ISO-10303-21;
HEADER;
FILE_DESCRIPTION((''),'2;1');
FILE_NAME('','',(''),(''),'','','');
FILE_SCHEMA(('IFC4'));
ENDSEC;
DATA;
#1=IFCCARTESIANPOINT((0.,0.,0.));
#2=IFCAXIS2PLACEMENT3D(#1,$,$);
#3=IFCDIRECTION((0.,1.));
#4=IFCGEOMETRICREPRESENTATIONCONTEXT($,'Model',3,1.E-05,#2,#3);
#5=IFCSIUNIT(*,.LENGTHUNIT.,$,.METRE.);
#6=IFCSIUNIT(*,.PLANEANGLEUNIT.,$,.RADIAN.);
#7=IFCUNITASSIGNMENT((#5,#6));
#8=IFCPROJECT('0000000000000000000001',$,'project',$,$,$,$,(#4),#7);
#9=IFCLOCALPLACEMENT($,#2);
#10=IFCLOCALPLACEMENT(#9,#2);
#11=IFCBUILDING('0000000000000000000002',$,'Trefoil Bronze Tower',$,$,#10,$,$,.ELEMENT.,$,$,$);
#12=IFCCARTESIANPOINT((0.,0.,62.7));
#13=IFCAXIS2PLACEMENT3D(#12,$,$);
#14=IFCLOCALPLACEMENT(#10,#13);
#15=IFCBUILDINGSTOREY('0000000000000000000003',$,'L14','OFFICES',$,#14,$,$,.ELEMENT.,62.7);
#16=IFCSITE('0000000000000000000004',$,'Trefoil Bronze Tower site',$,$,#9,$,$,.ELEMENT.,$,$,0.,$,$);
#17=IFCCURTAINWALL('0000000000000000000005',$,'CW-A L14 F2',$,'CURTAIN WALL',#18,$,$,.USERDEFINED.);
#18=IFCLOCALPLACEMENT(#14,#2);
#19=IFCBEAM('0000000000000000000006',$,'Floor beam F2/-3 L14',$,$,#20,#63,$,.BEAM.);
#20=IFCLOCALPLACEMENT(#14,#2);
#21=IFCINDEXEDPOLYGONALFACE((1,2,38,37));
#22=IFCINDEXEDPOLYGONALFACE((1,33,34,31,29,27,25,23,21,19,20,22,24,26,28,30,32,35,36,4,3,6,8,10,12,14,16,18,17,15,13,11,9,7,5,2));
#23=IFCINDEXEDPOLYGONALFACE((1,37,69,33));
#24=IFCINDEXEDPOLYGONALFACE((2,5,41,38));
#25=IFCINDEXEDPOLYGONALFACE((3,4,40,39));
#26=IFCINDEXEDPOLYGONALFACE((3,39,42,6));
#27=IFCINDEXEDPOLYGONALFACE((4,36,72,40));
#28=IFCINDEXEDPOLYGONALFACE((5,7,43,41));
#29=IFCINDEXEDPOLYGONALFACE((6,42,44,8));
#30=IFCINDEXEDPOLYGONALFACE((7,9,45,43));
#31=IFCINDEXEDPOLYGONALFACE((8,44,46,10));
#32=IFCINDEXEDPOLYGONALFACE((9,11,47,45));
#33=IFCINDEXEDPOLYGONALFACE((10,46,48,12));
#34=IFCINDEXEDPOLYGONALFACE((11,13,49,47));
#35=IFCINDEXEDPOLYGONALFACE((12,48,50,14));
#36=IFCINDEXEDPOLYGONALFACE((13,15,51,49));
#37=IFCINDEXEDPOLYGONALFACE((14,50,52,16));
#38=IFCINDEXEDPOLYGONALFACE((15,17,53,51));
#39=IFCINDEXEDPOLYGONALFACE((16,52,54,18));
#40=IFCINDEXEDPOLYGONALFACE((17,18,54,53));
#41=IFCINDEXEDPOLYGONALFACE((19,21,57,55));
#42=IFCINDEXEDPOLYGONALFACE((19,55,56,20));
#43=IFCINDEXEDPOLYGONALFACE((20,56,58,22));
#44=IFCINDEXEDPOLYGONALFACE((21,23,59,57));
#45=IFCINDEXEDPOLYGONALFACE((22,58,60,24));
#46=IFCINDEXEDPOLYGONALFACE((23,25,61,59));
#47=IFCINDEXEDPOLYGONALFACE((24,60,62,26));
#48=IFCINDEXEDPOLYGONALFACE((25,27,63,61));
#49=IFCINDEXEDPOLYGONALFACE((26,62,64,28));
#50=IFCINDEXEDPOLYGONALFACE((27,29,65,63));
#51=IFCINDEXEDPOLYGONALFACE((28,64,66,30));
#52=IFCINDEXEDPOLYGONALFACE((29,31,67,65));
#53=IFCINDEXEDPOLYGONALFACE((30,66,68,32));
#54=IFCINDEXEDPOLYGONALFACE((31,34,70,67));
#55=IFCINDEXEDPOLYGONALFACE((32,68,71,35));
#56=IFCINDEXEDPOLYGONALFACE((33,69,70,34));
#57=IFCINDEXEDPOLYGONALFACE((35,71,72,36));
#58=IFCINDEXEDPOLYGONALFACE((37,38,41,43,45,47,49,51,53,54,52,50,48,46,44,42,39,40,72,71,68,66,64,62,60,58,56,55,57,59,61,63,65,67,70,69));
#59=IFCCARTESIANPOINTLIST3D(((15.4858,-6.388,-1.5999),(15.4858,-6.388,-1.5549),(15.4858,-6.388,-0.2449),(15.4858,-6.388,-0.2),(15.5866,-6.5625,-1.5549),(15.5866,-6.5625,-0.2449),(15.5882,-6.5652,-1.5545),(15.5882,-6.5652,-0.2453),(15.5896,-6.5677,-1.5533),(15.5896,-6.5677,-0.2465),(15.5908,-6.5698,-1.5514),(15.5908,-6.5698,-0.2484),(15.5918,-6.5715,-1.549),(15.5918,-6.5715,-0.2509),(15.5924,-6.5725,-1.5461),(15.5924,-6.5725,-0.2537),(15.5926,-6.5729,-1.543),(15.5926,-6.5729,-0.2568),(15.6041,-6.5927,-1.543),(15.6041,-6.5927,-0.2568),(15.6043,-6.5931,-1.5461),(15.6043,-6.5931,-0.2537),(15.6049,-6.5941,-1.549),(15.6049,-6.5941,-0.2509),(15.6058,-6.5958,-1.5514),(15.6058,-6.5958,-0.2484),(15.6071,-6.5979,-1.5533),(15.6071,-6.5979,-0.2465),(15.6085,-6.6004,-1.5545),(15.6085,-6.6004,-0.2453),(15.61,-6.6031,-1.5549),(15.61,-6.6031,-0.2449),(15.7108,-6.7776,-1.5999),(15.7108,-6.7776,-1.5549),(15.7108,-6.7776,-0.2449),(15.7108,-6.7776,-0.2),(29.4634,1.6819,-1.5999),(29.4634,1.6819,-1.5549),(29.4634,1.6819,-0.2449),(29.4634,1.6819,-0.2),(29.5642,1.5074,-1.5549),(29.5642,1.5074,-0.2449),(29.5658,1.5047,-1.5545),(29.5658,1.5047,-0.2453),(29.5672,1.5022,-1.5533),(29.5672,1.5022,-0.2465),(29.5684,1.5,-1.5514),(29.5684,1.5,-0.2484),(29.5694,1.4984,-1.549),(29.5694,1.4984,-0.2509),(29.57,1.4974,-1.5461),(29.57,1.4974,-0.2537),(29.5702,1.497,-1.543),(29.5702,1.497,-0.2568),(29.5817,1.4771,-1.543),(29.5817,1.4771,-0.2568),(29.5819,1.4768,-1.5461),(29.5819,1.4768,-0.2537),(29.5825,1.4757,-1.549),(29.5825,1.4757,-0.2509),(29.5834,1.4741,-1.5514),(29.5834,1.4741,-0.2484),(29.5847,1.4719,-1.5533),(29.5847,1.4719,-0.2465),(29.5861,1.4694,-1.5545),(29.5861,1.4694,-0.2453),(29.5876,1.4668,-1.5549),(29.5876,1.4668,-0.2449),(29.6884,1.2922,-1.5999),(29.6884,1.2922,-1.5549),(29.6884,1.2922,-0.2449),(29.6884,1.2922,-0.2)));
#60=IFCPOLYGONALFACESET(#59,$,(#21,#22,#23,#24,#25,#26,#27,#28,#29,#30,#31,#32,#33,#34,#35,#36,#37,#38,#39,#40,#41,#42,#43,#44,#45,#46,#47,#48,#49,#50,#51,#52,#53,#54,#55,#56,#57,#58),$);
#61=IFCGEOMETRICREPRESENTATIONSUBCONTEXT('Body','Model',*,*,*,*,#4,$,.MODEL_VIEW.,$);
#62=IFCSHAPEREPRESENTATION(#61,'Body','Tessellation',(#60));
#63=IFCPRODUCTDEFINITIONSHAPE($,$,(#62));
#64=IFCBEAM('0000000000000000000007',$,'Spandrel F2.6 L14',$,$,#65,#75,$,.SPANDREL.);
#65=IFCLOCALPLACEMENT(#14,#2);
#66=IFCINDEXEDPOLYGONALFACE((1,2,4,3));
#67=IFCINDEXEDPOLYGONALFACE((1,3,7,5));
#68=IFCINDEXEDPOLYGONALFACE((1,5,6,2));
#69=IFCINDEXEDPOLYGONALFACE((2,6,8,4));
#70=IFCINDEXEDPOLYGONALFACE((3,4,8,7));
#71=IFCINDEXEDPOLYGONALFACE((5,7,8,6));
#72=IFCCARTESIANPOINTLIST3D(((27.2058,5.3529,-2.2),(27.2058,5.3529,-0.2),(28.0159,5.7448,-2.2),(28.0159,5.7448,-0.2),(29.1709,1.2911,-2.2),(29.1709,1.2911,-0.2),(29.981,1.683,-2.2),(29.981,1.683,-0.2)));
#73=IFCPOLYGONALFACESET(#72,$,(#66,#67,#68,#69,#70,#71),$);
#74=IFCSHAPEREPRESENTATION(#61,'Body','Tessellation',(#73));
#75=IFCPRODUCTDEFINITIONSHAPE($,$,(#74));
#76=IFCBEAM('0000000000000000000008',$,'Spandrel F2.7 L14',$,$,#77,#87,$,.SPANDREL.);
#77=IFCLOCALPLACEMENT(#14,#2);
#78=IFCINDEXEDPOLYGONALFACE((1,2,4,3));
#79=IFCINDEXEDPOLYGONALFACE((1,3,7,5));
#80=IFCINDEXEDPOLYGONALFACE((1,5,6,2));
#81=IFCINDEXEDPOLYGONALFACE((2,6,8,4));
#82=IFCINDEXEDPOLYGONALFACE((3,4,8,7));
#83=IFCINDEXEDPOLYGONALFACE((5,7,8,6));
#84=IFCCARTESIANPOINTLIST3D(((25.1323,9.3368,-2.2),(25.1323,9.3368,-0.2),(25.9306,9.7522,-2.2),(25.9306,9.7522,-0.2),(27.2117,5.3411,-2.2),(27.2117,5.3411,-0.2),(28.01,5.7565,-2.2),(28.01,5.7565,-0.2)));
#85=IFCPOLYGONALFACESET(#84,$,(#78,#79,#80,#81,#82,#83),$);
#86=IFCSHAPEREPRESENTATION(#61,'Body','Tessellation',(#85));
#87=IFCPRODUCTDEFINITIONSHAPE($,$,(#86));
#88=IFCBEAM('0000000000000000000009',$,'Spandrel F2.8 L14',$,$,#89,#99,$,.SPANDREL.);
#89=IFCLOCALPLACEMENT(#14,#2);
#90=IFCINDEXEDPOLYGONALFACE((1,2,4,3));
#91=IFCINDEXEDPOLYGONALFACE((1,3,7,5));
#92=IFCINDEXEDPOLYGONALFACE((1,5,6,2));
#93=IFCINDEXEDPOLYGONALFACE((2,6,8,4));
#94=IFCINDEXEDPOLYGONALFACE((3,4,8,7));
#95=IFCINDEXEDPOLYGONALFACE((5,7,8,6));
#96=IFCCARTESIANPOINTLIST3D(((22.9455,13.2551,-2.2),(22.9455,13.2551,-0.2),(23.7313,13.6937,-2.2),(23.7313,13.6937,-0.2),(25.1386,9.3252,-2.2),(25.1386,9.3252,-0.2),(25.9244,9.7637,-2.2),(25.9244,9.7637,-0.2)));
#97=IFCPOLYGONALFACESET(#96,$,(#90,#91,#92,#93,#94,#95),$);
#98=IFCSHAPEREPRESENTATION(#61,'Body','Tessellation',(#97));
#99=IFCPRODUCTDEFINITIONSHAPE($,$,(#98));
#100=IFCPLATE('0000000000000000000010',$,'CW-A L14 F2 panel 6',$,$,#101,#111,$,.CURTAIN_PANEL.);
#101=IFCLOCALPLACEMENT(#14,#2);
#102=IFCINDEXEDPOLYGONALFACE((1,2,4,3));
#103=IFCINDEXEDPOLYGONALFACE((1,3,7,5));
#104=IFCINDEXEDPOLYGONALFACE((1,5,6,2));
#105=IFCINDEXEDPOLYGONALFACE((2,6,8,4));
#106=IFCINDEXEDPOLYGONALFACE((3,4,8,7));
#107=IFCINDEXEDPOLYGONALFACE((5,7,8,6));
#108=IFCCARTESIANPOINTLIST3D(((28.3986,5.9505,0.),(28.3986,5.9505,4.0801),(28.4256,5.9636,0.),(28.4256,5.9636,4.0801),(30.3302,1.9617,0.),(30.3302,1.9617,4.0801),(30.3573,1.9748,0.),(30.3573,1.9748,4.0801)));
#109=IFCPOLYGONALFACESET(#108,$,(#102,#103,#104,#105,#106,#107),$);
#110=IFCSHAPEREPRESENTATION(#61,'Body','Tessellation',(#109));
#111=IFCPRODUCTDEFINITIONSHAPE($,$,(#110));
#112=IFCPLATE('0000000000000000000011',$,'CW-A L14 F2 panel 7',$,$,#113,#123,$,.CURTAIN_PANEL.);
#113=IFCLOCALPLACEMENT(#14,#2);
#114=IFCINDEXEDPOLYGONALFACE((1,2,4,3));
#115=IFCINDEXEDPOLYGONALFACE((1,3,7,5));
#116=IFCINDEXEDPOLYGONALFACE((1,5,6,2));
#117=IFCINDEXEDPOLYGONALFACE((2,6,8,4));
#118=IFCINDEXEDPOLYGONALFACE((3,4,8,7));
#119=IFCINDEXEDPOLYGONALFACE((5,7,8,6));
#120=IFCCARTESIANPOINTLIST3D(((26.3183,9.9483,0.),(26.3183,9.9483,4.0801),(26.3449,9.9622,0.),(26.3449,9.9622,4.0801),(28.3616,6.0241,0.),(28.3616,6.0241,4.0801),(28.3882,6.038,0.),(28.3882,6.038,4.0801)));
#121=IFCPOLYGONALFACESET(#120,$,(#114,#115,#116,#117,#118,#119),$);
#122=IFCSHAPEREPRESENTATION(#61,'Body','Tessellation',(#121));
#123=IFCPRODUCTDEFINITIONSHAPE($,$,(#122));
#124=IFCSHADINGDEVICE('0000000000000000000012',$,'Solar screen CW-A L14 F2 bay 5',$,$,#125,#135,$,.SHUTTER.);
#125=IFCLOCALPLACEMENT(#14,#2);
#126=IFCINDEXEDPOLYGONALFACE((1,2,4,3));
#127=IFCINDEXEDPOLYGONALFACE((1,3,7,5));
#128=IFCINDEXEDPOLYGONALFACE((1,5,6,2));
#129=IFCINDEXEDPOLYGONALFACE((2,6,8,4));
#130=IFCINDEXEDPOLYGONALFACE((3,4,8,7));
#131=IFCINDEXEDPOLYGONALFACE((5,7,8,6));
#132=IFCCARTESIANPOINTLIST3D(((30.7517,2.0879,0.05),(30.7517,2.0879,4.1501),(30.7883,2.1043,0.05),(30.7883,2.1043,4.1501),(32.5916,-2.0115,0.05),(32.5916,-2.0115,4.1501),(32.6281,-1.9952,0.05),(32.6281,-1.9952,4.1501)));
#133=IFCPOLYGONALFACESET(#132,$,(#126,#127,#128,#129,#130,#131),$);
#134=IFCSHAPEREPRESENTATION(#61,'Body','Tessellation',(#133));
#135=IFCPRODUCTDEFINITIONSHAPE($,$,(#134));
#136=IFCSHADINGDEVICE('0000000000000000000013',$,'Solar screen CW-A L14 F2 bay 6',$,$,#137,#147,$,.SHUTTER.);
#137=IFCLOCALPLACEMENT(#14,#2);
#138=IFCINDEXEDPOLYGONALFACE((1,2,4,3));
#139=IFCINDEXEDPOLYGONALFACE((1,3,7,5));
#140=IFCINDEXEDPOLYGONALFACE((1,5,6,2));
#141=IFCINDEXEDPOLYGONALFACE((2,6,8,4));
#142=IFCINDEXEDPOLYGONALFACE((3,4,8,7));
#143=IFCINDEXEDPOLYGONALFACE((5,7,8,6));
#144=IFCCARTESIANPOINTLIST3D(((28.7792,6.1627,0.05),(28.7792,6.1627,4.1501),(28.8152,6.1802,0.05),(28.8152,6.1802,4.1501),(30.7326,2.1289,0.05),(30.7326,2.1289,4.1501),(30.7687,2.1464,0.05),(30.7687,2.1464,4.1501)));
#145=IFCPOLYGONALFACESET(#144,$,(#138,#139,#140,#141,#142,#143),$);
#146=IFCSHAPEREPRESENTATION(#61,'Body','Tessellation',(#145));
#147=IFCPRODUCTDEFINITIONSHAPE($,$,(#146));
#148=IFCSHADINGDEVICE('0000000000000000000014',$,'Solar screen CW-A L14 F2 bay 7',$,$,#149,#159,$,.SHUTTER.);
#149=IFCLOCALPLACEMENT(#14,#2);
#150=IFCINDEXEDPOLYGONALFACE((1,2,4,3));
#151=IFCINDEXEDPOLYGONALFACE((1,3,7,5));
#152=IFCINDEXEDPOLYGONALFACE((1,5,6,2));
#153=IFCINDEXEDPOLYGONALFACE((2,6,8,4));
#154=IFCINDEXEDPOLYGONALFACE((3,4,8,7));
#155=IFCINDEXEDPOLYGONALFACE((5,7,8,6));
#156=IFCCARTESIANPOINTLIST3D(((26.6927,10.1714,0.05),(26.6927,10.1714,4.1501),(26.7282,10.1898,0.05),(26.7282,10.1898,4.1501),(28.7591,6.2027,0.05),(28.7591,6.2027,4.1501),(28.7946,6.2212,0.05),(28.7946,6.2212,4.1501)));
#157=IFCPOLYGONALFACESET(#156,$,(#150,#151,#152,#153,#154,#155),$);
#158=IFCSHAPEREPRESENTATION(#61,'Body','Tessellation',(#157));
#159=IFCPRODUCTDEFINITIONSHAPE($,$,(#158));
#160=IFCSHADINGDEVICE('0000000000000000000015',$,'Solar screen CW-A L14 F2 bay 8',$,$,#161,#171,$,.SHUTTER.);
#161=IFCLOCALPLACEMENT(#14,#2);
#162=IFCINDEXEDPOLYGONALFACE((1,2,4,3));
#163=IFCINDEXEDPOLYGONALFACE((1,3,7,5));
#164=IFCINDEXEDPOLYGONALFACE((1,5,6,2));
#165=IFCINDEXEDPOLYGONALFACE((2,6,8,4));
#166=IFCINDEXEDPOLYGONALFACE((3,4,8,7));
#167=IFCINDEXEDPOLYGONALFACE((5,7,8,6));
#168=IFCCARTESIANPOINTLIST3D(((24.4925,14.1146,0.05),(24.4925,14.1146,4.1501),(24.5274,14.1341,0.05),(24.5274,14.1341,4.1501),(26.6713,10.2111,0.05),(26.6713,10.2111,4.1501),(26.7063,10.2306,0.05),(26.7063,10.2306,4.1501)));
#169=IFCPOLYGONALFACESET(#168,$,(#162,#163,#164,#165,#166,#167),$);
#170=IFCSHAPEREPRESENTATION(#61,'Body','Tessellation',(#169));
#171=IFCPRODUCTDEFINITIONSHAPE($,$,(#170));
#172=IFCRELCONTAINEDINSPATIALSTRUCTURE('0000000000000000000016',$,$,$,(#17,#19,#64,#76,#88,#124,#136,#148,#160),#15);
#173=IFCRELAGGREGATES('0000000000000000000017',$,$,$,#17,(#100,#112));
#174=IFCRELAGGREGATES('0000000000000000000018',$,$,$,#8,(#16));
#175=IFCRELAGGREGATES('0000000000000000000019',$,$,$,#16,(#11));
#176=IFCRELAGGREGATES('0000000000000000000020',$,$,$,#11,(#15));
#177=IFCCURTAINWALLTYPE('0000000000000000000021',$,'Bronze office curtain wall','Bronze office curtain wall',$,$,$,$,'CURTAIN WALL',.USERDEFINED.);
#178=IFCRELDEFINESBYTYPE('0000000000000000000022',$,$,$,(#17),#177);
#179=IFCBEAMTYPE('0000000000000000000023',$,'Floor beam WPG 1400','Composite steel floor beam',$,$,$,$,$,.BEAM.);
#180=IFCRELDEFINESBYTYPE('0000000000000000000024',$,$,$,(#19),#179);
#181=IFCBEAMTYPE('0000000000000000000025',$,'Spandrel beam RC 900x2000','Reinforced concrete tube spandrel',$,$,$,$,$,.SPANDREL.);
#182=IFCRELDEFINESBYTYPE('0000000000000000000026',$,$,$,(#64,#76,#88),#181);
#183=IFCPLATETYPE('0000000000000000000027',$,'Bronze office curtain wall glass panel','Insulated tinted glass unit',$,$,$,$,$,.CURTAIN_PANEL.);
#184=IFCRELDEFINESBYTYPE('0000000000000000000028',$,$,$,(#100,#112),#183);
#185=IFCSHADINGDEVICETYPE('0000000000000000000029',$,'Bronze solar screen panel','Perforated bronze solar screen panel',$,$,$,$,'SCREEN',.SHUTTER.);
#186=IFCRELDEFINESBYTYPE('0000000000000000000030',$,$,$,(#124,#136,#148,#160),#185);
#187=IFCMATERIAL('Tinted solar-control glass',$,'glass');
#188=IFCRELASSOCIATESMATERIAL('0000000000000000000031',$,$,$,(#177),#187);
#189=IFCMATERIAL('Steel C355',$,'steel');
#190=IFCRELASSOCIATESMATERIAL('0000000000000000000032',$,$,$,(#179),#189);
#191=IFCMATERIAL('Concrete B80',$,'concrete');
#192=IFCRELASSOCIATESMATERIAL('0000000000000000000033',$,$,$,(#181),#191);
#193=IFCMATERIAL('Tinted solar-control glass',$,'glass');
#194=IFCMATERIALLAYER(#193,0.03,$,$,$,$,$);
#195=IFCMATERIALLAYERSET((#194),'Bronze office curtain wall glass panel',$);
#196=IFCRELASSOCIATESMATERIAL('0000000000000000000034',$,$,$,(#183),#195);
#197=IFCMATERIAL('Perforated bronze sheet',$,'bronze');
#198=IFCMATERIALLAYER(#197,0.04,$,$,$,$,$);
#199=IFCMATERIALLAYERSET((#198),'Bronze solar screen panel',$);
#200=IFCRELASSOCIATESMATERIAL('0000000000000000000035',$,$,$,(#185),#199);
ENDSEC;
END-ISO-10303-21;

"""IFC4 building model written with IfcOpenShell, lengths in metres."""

from ifc_helpers import new_model, si_unit, direction, frame, origin, origin_2d, place, context, subcontext, project, spatial, rectangle, i_section, extrude, material, layer, layer_set, material_profile, profile_set, type_object, element, aggregate, save


model = new_model("IFC4")

# Units and contexts
model_context = context("Model", 3, precision=1e-05, world=origin(), true_north=direction((0.0, 1.0)))
body_context = subcontext(model_context, "Body", "Model", "MODEL_VIEW")
ifc_project = project(units=[si_unit("LENGTHUNIT", "METRE"), si_unit("PLANEANGLEUNIT", "RADIAN")], contexts=[model_context])

# Site, building, storey
site_placement = place(None, origin())
site = spatial("IfcSite", under=ifc_project, at=site_placement, Name="Trefoil Bronze Tower site", CompositionType="ELEMENT", RefElevation=0.0)
building_placement = place(site_placement, origin())
building = spatial("IfcBuilding", under=site, at=building_placement, Name="Trefoil Bronze Tower", CompositionType="ELEMENT")
storey_placement = place(building_placement, frame((0.0, 0.0, 62.7)))
storey = spatial("IfcBuildingStorey", under=building, at=storey_placement, Name="L14", Description="OFFICES", CompositionType="ELEMENT", Elevation=62.7)

# Curtain wall
ifc_material_1 = material(Name="Tinted solar-control glass", Category="glass")
curtain_wall_type = type_object("IfcCurtainWallType", Name="Bronze office curtain wall", Description="Bronze office curtain wall", ElementType="CURTAIN WALL", PredefinedType="USERDEFINED", material=ifc_material_1)
curtain_wall_placement = place(storey_placement, origin())
curtain_wall = element("IfcCurtainWall", 1, at=curtain_wall_placement, inside=storey, type_object=curtain_wall_type, Name="CW-A L14 F2", ObjectType="CURTAIN WALL", PredefinedType="USERDEFINED")

# Beams
ifc_material_2 = material(Name="Steel C355", Category="steel")
ifc_material_profile_1 = material_profile(ifc_material_2, i_section(OverallWidth=0.45, OverallDepth=1.3999, WebThickness=0.0229, FlangeThickness=0.0449, FilletRadius=0.012, at=origin_2d()), Name="WPG 1400")
ifc_profile_set_1 = profile_set([ifc_material_profile_1], Name="Steel C355")
beam_type_1 = type_object("IfcBeamType", Name="Floor beam WPG 1400", Description="Composite steel floor beam", PredefinedType="BEAM", material=ifc_profile_set_1)
beam_1_placement = place(storey_placement, frame((29.5759, 1.4871, -0.8999), z_axis=(-0.866028, -0.499995, 0.0), x_axis=(0.499995, -0.866028, 0.0)))
element("IfcBeam", 2, at=beam_1_placement, inside=storey, type_object=beam_type_1, Name="Floor beam F2/-3 L14", PredefinedType="BEAM", context=body_context, shape_type="SweptSolid", body=[
    extrude(i_section(OverallWidth=0.45, OverallDepth=1.3999, WebThickness=0.0229, FlangeThickness=0.0449, FilletRadius=0.012, at=origin_2d()), origin(), (0.0, 0.0, 1.0), 16.1399),
])
ifc_material_3 = material(Name="Concrete B80", Category="concrete")
ifc_material_profile_2 = material_profile(ifc_material_3, rectangle(XDim=0.8999, YDim=2.0, at=origin_2d()), Name="RC 900x2000")
ifc_profile_set_2 = profile_set([ifc_material_profile_2], Name="Concrete B80")
beam_type_2 = type_object("IfcBeamType", Name="Spandrel beam RC 900x2000", Description="Reinforced concrete tube spandrel", PredefinedType="SPANDREL", material=ifc_profile_set_2)
beam_2_placement = place(storey_placement, frame((29.5759, 1.4871, -1.2), z_axis=(-0.43551, 0.900184, 0.0), x_axis=(-0.900184, -0.43551, 0.0)))
element("IfcBeam", 3, at=beam_2_placement, inside=storey, type_object=beam_type_2, Name="Spandrel F2.6 L14", PredefinedType="SPANDREL", context=body_context, shape_type="SweptSolid", body=[
    extrude(rectangle(XDim=0.8999, YDim=2.0, at=origin_2d()), origin(), (0.0, 0.0, 1.0), 4.5122),
])
beam_3_placement = place(storey_placement, frame((27.6108, 5.5488, -1.2), z_axis=(-0.461638, 0.887069, 0.0), x_axis=(-0.887069, -0.461638, 0.0)))
element("IfcBeam", 4, at=beam_3_placement, inside=storey, type_object=beam_type_2, Name="Spandrel F2.7 L14", PredefinedType="SPANDREL", context=body_context, shape_type="SweptSolid", body=[
    extrude(rectangle(XDim=0.8999, YDim=2.0, at=origin_2d()), origin(), (0.0, 0.0, 1.0), 4.5044),
])
beam_4_placement = place(storey_placement, frame((25.5315, 9.5444, -1.2), z_axis=(-0.487309, 0.873229, 0.0), x_axis=(-0.873229, -0.487309, 0.0)))
element("IfcBeam", 5, at=beam_4_placement, inside=storey, type_object=beam_type_2, Name="Spandrel F2.8 L14", PredefinedType="SPANDREL", context=body_context, shape_type="SweptSolid", body=[
    extrude(rectangle(XDim=0.8999, YDim=2.0, at=origin_2d()), origin(), (0.0, 0.0, 1.0), 4.5005),
])

# Plates
ifc_material_4 = material(Name="Tinted solar-control glass", Category="glass")
ifc_layer_1 = layer(ifc_material_4, 0.03)
ifc_layer_set_1 = layer_set([ifc_layer_1], Name="Bronze office curtain wall glass panel")
plate_type = type_object("IfcPlateType", Name="Bronze office curtain wall glass panel", Description="Insulated tinted glass unit", PredefinedType="CURTAIN_PANEL", material=ifc_layer_set_1)
plate_1_placement = place(storey_placement, frame((29.3779, 3.9626, 0.0), z_axis=(0.0, 0.0, 1.0), x_axis=(-0.435855, 0.900017, 0.0)))
plate_1 = element("IfcPlate", 6, at=plate_1_placement, type_object=plate_type, Name="CW-A L14 F2 panel 6", PredefinedType="CURTAIN_PANEL", context=body_context, shape_type="SweptSolid", body=[
    extrude(rectangle(XDim=4.4319, YDim=0.03, at=origin_2d()), origin(), (0.0, 0.0, 1.0), 4.0801),
])
plate_2_placement = place(storey_placement, frame((27.3533, 7.9932, 0.0), z_axis=(0.0, 0.0, 1.0), x_axis=(-0.46183, 0.886969, 0.0)))
plate_2 = element("IfcPlate", 7, at=plate_2_placement, type_object=plate_type, Name="CW-A L14 F2 panel 7", PredefinedType="CURTAIN_PANEL", context=body_context, shape_type="SweptSolid", body=[
    extrude(rectangle(XDim=4.4243, YDim=0.03, at=origin_2d()), origin(), (0.0, 0.0, 1.0), 4.0801),
])
aggregate(curtain_wall, [plate_1, plate_2])

# Shading devices
ifc_material_5 = material(Name="Perforated bronze sheet", Category="bronze")
ifc_layer_2 = layer(ifc_material_5, 0.04)
ifc_layer_set_2 = layer_set([ifc_layer_2], Name="Bronze solar screen panel")
shading_device_type = type_object("IfcShadingDeviceType", Name="Bronze solar screen panel", Description="Perforated bronze solar screen panel", ElementType="SCREEN", PredefinedType="SHUTTER", material=ifc_layer_set_2)
shading_device_1_placement = place(storey_placement, frame((31.6899, 0.0464, 0.05), z_axis=(0.0, 0.0, 1.0), x_axis=(-0.409456, 0.91233, 0.0)))
element("IfcShadingDevice", 8, at=shading_device_1_placement, inside=storey, type_object=shading_device_type, Name="Solar screen CW-A L14 F2 bay 5", PredefinedType="SHUTTER", context=body_context, shape_type="SweptSolid", body=[
    extrude(rectangle(XDim=4.4934, YDim=0.04, at=origin_2d()), origin(), (0.0, 0.0, 1.0), 4.1001),
])
shading_device_2_placement = place(storey_placement, frame((29.7739, 4.1545, 0.05), z_axis=(0.0, 0.0, 1.0), x_axis=(-0.435855, 0.900017, 0.0)))
element("IfcShadingDevice", 9, at=shading_device_2_placement, inside=storey, type_object=shading_device_type, Name="Solar screen CW-A L14 F2 bay 6", PredefinedType="SHUTTER", context=body_context, shape_type="SweptSolid", body=[
    extrude(rectangle(XDim=4.4819, YDim=0.04, at=origin_2d()), origin(), (0.0, 0.0, 1.0), 4.1001),
])
shading_device_3_placement = place(storey_placement, frame((27.7437, 8.1963, 0.05), z_axis=(0.0, 0.0, 1.0), x_axis=(-0.46183, 0.886969, 0.0)))
element("IfcShadingDevice", 10, at=shading_device_3_placement, inside=storey, type_object=shading_device_type, Name="Solar screen CW-A L14 F2 bay 7", PredefinedType="SHUTTER", context=body_context, shape_type="SweptSolid", body=[
    extrude(rectangle(XDim=4.4744, YDim=0.04, at=origin_2d()), origin(), (0.0, 0.0, 1.0), 4.1001),
])
shading_device_4_placement = place(storey_placement, frame((25.5994, 12.1726, 0.05), z_axis=(0.0, 0.0, 1.0), x_axis=(-0.487382, 0.873189, 0.0)))
element("IfcShadingDevice", 11, at=shading_device_4_placement, inside=storey, type_object=shading_device_type, Name="Solar screen CW-A L14 F2 bay 8", PredefinedType="SHUTTER", context=body_context, shape_type="SweptSolid", body=[
    extrude(rectangle(XDim=4.4705, YDim=0.04, at=origin_2d()), origin(), (0.0, 0.0, 1.0), 4.1001),
])

save(model, "model.ifc")
